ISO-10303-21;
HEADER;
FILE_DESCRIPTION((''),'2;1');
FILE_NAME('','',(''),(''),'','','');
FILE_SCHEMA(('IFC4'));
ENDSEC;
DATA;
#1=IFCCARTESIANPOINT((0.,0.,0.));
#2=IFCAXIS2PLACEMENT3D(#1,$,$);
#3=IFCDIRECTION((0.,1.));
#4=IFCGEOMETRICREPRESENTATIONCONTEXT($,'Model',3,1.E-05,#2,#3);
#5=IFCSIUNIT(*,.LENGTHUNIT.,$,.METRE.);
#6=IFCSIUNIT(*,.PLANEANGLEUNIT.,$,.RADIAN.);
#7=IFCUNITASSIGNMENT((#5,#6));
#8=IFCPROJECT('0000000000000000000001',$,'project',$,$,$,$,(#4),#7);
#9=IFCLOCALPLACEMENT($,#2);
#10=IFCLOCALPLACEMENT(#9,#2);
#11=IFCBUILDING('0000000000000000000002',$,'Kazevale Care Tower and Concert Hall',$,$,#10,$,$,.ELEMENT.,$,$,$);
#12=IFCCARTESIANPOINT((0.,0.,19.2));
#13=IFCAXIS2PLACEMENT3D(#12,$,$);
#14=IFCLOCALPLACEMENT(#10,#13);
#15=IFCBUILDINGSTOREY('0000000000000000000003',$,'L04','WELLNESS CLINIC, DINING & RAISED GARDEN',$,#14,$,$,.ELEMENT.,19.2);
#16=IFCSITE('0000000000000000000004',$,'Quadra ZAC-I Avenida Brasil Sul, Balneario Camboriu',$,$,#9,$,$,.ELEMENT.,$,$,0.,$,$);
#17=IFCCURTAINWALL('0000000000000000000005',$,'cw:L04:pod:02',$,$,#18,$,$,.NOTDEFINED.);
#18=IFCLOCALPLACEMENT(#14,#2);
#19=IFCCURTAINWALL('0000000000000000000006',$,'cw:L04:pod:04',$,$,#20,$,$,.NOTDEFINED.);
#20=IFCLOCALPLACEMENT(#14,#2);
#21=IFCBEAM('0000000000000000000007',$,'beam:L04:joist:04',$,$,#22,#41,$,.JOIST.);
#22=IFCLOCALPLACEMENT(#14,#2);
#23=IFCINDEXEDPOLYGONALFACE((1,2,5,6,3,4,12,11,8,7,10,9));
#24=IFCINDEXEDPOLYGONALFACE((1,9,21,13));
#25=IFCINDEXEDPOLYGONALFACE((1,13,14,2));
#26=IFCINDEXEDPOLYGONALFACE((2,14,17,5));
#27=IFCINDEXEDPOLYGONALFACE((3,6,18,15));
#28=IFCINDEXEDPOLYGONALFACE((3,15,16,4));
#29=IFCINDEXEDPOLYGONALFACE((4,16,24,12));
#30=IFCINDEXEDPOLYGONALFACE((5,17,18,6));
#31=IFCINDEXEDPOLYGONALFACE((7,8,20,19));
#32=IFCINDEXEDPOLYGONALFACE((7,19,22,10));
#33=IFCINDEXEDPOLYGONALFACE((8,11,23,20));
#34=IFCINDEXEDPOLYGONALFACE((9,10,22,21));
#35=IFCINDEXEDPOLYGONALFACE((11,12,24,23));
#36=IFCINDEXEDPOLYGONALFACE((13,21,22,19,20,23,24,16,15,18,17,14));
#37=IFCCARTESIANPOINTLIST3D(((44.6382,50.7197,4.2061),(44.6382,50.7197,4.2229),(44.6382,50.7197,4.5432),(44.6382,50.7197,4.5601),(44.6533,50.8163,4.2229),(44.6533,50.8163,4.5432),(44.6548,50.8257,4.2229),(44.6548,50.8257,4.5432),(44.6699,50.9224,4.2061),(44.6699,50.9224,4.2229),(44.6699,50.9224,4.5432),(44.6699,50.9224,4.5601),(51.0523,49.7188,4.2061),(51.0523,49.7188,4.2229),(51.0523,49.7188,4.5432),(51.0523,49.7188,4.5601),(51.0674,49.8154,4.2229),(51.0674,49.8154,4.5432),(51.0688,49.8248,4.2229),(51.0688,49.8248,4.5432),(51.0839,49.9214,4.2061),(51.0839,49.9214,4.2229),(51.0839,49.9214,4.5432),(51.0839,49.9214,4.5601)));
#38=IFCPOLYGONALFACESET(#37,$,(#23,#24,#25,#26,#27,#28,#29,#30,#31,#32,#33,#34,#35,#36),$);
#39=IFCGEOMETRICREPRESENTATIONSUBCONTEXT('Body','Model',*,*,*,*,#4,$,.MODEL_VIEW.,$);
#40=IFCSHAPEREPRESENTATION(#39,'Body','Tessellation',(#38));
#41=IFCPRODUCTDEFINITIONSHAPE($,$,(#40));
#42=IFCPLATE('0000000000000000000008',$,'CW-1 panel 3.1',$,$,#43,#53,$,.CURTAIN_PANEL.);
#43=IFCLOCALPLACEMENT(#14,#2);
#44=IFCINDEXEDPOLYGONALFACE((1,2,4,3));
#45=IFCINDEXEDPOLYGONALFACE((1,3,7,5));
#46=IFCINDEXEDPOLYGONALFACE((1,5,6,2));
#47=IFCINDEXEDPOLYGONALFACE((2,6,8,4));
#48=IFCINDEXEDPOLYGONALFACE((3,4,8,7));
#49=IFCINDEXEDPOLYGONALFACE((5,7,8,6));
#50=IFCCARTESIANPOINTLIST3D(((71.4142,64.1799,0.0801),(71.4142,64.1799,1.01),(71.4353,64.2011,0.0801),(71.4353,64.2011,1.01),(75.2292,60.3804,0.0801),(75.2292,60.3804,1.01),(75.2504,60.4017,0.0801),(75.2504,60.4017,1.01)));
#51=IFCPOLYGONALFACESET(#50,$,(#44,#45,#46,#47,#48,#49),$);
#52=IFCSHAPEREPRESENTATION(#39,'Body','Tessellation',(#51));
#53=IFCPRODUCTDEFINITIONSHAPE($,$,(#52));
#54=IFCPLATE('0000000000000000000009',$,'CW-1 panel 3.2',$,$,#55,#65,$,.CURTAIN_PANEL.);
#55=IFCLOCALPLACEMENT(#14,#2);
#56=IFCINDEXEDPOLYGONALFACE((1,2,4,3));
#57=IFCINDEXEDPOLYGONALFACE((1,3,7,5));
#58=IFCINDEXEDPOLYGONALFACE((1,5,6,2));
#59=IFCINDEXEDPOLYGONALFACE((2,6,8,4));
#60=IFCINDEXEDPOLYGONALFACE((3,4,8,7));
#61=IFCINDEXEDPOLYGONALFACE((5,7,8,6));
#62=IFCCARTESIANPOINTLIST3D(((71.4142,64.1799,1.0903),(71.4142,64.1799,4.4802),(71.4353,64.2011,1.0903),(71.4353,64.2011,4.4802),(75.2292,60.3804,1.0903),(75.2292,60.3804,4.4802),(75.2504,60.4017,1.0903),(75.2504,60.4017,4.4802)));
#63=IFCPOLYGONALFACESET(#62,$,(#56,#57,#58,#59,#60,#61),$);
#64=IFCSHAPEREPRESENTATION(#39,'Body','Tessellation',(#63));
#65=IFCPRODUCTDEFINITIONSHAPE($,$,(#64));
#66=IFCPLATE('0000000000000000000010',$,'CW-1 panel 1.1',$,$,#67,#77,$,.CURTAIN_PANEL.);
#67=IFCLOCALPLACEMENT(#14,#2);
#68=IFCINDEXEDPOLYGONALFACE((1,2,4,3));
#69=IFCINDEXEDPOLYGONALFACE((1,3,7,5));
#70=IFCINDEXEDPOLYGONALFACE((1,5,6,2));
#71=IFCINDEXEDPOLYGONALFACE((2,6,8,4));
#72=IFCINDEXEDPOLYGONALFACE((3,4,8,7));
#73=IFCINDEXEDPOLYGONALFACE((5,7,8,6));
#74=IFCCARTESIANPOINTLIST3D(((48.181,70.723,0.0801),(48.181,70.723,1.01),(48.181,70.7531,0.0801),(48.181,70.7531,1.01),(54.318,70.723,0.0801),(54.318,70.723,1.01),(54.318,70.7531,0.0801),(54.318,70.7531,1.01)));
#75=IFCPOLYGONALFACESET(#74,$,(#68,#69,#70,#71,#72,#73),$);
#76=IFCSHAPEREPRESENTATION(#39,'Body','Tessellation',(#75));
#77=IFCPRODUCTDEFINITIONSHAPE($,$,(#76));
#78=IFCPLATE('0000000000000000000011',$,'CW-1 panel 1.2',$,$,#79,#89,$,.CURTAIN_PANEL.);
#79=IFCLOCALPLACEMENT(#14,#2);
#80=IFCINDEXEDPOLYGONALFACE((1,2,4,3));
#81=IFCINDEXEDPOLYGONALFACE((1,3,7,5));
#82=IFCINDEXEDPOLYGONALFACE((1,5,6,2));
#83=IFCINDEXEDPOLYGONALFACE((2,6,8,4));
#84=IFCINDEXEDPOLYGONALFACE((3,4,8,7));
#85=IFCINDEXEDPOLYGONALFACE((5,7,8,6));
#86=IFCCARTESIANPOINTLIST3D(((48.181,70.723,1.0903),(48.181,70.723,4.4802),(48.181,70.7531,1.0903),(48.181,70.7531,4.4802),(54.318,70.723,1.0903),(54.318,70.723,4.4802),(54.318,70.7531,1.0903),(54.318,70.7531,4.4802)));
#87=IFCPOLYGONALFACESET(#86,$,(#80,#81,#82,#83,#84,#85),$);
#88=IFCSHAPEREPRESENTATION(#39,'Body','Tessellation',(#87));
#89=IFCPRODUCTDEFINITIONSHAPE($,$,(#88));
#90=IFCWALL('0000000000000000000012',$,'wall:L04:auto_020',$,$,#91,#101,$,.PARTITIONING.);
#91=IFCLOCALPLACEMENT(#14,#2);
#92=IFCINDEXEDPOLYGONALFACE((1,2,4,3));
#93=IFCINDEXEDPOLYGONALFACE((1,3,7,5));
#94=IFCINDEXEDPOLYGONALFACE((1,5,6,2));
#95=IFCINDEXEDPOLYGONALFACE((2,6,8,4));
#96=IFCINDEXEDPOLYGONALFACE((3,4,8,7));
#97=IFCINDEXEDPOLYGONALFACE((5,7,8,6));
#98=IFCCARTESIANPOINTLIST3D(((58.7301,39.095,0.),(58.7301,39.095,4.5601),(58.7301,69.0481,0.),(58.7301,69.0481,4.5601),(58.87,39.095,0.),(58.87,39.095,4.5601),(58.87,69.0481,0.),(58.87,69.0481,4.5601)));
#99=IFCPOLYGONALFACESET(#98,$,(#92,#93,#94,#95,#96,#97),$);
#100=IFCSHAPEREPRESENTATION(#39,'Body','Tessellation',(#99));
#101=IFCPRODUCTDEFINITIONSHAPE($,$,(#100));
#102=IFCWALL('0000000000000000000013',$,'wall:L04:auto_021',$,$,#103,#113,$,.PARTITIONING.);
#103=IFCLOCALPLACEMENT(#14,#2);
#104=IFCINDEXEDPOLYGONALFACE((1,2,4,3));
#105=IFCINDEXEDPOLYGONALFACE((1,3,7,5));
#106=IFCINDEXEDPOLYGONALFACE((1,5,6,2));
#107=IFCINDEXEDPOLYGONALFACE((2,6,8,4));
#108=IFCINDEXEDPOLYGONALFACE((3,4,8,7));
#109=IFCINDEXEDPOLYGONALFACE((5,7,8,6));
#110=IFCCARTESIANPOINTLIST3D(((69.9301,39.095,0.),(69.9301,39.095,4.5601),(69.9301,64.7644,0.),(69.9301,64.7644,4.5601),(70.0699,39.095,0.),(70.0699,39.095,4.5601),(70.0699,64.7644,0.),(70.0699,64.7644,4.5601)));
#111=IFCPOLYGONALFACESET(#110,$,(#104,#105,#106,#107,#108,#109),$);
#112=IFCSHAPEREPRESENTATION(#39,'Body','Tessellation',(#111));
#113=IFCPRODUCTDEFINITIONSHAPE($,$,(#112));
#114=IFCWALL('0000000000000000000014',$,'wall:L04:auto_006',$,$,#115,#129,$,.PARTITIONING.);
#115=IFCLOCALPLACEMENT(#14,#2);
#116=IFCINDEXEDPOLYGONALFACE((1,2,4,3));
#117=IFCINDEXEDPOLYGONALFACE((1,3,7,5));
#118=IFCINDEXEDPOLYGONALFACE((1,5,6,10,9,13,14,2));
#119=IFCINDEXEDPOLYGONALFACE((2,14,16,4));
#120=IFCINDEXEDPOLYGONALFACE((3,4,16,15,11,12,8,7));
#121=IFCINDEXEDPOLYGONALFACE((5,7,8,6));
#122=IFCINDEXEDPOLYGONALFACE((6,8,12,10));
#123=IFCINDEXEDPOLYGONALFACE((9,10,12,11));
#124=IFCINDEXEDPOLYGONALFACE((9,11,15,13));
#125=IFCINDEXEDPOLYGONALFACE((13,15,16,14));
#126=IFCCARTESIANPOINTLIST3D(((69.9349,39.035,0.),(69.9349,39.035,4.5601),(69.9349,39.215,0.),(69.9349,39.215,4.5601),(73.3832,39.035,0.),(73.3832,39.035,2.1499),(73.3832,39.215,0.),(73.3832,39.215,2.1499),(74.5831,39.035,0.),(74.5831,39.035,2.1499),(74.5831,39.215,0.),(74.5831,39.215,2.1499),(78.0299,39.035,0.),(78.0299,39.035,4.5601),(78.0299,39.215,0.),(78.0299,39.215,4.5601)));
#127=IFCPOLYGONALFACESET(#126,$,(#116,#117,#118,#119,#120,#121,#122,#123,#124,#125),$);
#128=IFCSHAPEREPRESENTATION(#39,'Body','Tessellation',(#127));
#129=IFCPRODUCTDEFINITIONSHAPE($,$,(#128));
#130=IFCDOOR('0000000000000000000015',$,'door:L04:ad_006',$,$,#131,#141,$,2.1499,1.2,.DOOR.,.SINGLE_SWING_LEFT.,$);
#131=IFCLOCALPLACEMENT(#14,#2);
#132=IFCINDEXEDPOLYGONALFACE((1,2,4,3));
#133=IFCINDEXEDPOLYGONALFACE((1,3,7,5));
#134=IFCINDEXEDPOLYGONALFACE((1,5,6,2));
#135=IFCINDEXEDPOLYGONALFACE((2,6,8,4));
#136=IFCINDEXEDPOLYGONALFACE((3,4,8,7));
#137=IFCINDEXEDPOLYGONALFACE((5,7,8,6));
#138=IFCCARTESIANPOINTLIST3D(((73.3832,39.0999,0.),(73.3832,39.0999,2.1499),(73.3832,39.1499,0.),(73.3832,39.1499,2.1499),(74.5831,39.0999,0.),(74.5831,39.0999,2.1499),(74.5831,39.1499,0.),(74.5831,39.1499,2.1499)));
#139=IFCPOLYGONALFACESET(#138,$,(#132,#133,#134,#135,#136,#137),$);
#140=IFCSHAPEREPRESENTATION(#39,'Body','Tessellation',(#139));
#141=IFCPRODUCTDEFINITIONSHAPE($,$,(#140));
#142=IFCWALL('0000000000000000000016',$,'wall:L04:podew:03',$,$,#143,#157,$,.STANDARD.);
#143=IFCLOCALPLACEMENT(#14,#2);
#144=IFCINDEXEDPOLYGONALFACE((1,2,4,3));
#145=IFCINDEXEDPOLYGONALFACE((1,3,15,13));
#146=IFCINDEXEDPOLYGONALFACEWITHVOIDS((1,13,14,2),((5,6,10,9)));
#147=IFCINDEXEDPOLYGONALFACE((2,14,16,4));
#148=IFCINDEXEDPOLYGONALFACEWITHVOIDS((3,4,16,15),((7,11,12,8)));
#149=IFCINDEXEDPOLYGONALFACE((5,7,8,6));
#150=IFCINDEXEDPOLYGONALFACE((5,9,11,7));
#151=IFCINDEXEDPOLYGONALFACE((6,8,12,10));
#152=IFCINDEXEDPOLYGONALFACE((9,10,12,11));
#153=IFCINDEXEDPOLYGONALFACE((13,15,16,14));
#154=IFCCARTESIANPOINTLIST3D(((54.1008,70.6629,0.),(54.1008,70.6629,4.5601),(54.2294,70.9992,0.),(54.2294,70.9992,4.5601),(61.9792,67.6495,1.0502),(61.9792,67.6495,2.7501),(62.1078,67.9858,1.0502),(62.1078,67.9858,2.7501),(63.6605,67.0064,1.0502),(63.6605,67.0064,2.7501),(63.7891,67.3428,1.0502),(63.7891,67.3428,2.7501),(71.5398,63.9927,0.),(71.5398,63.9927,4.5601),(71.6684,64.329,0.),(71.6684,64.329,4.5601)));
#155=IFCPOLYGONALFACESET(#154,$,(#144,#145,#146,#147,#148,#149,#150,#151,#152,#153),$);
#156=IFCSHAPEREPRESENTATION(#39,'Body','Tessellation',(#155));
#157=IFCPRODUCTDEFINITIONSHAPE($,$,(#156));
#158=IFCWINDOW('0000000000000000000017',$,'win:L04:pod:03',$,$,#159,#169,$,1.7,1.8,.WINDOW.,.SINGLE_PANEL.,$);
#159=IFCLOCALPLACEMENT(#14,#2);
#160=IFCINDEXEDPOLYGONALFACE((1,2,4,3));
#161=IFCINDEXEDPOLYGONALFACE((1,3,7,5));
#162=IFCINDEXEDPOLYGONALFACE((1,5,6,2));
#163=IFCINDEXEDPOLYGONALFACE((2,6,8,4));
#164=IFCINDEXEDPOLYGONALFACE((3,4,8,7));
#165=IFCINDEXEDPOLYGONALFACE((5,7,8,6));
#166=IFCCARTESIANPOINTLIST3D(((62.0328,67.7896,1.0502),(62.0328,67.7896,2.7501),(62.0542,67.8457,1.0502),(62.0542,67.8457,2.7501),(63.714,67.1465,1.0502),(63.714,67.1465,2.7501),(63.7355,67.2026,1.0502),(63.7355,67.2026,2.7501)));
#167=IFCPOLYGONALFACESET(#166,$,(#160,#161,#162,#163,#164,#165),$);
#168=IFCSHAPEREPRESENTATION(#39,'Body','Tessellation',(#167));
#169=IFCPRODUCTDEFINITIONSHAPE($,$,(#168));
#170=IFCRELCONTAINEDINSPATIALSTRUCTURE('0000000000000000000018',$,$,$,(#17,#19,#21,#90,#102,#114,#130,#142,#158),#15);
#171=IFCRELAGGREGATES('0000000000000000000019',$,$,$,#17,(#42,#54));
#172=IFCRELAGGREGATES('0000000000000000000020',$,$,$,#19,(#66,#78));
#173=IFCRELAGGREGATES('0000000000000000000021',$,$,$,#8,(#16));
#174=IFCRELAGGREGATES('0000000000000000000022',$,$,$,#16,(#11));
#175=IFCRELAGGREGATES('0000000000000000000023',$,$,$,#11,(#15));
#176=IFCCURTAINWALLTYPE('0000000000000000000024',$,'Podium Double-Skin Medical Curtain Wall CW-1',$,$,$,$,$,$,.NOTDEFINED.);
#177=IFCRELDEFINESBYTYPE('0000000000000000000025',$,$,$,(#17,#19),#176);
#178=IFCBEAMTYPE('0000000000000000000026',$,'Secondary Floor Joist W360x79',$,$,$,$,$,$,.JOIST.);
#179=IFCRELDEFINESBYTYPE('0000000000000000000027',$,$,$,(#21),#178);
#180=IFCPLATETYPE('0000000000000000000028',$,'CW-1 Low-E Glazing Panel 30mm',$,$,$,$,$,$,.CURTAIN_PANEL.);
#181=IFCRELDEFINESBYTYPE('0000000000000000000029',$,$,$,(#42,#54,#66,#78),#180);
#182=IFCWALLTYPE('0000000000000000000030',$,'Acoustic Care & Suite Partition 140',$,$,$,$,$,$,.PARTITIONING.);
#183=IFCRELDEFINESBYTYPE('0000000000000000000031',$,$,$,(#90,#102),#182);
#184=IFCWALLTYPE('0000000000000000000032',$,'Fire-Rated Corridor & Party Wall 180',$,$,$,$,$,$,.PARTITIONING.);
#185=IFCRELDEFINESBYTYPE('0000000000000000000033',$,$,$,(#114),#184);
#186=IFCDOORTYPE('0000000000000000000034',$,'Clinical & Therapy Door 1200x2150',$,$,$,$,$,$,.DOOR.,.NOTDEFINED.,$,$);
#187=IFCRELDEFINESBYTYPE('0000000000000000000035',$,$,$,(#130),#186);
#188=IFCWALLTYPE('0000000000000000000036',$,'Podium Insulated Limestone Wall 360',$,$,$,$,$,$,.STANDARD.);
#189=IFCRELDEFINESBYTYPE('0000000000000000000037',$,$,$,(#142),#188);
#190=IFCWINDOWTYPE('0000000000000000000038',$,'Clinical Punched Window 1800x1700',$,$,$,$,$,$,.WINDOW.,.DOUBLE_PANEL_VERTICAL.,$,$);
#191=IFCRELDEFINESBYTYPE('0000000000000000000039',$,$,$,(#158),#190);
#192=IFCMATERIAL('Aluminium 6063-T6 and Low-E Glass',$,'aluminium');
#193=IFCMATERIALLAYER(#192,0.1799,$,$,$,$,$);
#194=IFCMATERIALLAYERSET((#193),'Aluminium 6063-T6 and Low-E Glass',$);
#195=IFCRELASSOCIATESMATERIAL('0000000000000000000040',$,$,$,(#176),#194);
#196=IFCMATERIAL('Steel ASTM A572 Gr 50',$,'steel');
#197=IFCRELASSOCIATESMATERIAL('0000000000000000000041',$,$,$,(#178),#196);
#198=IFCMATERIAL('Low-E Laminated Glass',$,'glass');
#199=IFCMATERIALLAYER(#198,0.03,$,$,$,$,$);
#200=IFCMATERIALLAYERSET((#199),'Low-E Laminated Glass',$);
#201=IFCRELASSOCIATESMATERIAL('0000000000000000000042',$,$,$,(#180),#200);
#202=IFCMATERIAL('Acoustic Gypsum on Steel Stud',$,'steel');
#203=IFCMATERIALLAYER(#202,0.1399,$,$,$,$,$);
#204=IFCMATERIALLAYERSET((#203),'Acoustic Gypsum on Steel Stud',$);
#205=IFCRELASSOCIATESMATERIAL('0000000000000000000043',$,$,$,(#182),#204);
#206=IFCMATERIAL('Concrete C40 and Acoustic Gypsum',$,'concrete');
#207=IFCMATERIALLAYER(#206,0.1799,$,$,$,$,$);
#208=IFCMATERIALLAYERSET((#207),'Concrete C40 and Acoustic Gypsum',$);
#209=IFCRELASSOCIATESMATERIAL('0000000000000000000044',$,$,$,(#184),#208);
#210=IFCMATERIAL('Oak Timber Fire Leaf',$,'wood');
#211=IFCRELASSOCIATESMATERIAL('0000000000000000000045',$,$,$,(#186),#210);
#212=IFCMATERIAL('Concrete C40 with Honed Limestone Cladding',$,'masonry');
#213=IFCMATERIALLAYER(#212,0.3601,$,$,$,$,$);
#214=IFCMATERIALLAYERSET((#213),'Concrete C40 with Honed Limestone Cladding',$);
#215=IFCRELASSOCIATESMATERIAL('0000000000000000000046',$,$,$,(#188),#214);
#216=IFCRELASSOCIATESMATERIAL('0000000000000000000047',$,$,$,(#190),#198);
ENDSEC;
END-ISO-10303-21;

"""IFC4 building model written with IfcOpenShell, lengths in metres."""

from ifc_helpers import new_model, si_unit, direction, frame, frame_2d, origin, origin_2d, place, context, subcontext, project, spatial, rectangle, i_section, extrude, material, layer, layer_set, material_profile, profile_set, type_object, element, fill, aggregate, save


model = new_model("IFC4")

# Units and contexts
model_context = context("Model", 3, precision=1e-05, world=origin(), true_north=direction((0.0, 1.0)))
body_context = subcontext(model_context, "Body", "Model", "MODEL_VIEW")
ifc_project = project(units=[si_unit("LENGTHUNIT", "METRE"), si_unit("PLANEANGLEUNIT", "RADIAN")], contexts=[model_context])

# Site, building, storey
site_placement = place(None, origin())
site = spatial("IfcSite", under=ifc_project, at=site_placement, Name="Quadra ZAC-I Avenida Brasil Sul, Balneario Camboriu", CompositionType="ELEMENT", RefElevation=0.0)
building_placement = place(site_placement, origin())
building = spatial("IfcBuilding", under=site, at=building_placement, Name="Kazevale Care Tower and Concert Hall", CompositionType="ELEMENT")
storey_placement = place(building_placement, frame((0.0, 0.0, 19.2)))
storey = spatial("IfcBuildingStorey", under=building, at=storey_placement, Name="L04", Description="WELLNESS CLINIC, DINING & RAISED GARDEN", CompositionType="ELEMENT", Elevation=19.2)

# Curtain wall
ifc_material_1 = material(Name="Aluminium 6063-T6 and Low-E Glass", Category="aluminium")
ifc_layer_1 = layer(ifc_material_1, 0.1799)
ifc_layer_set_1 = layer_set([ifc_layer_1], Name="Aluminium 6063-T6 and Low-E Glass")
curtain_wall_type = type_object("IfcCurtainWallType", Name="Podium Double-Skin Medical Curtain Wall CW-1", PredefinedType="NOTDEFINED", material=ifc_layer_set_1)
curtain_wall_1_placement = place(storey_placement, origin())
curtain_wall_1 = element("IfcCurtainWall", 1, at=curtain_wall_1_placement, inside=storey, type_object=curtain_wall_type, Name="cw:L04:pod:02", PredefinedType="NOTDEFINED")

# Curtain wall
curtain_wall_2_placement = place(storey_placement, origin())
curtain_wall_2 = element("IfcCurtainWall", 2, at=curtain_wall_2_placement, inside=storey, type_object=curtain_wall_type, Name="cw:L04:pod:04", PredefinedType="NOTDEFINED")

# Beam
ifc_material_2 = material(Name="Steel ASTM A572 Gr 50", Category="steel")
ifc_material_profile_1 = material_profile(ifc_material_2, i_section(OverallWidth=0.2051, OverallDepth=0.354, WebThickness=0.0095, FlangeThickness=0.0168, at=origin_2d()), Name="W360x79")
ifc_profile_set_1 = profile_set([ifc_material_profile_1], Name="Steel ASTM A572 Gr 50")
beam_type_1 = type_object("IfcBeamType", Name="Secondary Floor Joist W360x79", PredefinedType="JOIST", material=ifc_profile_set_1)
beam_1_placement = place(storey_placement, frame((51.0681, 49.8201, 4.3831), z_axis=(-0.988041, 0.154193, 0.0), x_axis=(-0.154193, -0.988041, 0.0)))
element("IfcBeam", 3, at=beam_1_placement, inside=storey, type_object=beam_type_1, Name="beam:L04:joist:04", PredefinedType="JOIST", context=body_context, shape_type="SweptSolid", body=[
    extrude(i_section(OverallWidth=0.2051, OverallDepth=0.354, WebThickness=0.0095, FlangeThickness=0.0168, at=origin_2d()), origin(), (0.0, 0.0, 1.0), 6.4917),
])

# Plates
ifc_material_3 = material(Name="Low-E Laminated Glass", Category="glass")
ifc_layer_2 = layer(ifc_material_3, 0.03)
ifc_layer_set_2 = layer_set([ifc_layer_2], Name="Low-E Laminated Glass")
plate_type = type_object("IfcPlateType", Name="CW-1 Low-E Glazing Panel 30mm", PredefinedType="CURTAIN_PANEL", material=ifc_layer_set_2)
plate_1_placement = place(storey_placement, frame((73.3323, 62.2908, 0.0801), z_axis=(0.0, 0.0, 1.0), x_axis=(-0.708555, 0.705656, 0.0)))
plate_1 = element("IfcPlate", 4, at=plate_1_placement, type_object=plate_type, Name="CW-1 panel 3.1", PredefinedType="CURTAIN_PANEL", context=body_context, shape_type="SweptSolid", body=[
    extrude(rectangle(XDim=5.3843, YDim=0.03, at=origin_2d()), origin(), (0.0, 0.0, 1.0), 0.9299),
])
plate_2_placement = place(storey_placement, frame((73.3323, 62.2908, 1.0903), z_axis=(0.0, 0.0, 1.0), x_axis=(-0.708555, 0.705656, 0.0)))
plate_2 = element("IfcPlate", 5, at=plate_2_placement, type_object=plate_type, Name="CW-1 panel 3.2", PredefinedType="CURTAIN_PANEL", context=body_context, shape_type="SweptSolid", body=[
    extrude(rectangle(XDim=5.3843, YDim=0.03, at=origin_2d()), origin(), (0.0, 0.0, 1.0), 3.3899),
])
aggregate(curtain_wall_1, [plate_1, plate_2])
plate_3_placement = place(storey_placement, frame((51.2495, 70.738, 0.0801), z_axis=(0.0, 0.0, 1.0), x_axis=(-1.0, 0.0, 0.0)))
plate_3 = element("IfcPlate", 6, at=plate_3_placement, type_object=plate_type, Name="CW-1 panel 1.1", PredefinedType="CURTAIN_PANEL", context=body_context, shape_type="SweptSolid", body=[
    extrude(rectangle(XDim=6.137, YDim=0.03, at=origin_2d()), origin(), (0.0, 0.0, 1.0), 0.9299),
])
plate_4_placement = place(storey_placement, frame((51.2495, 70.738, 1.0903), z_axis=(0.0, 0.0, 1.0), x_axis=(-1.0, 0.0, 0.0)))
plate_4 = element("IfcPlate", 7, at=plate_4_placement, type_object=plate_type, Name="CW-1 panel 1.2", PredefinedType="CURTAIN_PANEL", context=body_context, shape_type="SweptSolid", body=[
    extrude(rectangle(XDim=6.137, YDim=0.03, at=origin_2d()), origin(), (0.0, 0.0, 1.0), 3.3899),
])
aggregate(curtain_wall_2, [plate_3, plate_4])

# Walls
ifc_material_4 = material(Name="Acoustic Gypsum on Steel Stud", Category="steel")
ifc_layer_3 = layer(ifc_material_4, 0.1399)
ifc_layer_set_3 = layer_set([ifc_layer_3], Name="Acoustic Gypsum on Steel Stud")
wall_type_1 = type_object("IfcWallType", Name="Acoustic Care & Suite Partition 140", PredefinedType="PARTITIONING", material=ifc_layer_set_3)
wall_1_placement = place(storey_placement, frame((58.8, 69.0481, 0.0), z_axis=(0.0, 0.0, 1.0), x_axis=(0.0, -1.0, 0.0)))
element("IfcWall", 8, at=wall_1_placement, inside=storey, type_object=wall_type_1, Name="wall:L04:auto_020", PredefinedType="PARTITIONING", context=body_context, shape_type="SweptSolid", body=[
    extrude(rectangle(XDim=29.9531, YDim=0.1399, at=frame_2d((14.9766, 0.0))), origin(), (0.0, 0.0, 1.0), 4.5601),
])
wall_2_placement = place(storey_placement, frame((70.0, 64.7644, 0.0), z_axis=(0.0, 0.0, 1.0), x_axis=(0.0, -1.0, 0.0)))
element("IfcWall", 9, at=wall_2_placement, inside=storey, type_object=wall_type_1, Name="wall:L04:auto_021", PredefinedType="PARTITIONING", context=body_context, shape_type="SweptSolid", body=[
    extrude(rectangle(XDim=25.6694, YDim=0.1399, at=frame_2d((12.8347, 0.0))), origin(), (0.0, 0.0, 1.0), 4.5601),
])

# Wall, opening, door
ifc_material_5 = material(Name="Concrete C40 and Acoustic Gypsum", Category="concrete")
ifc_layer_4 = layer(ifc_material_5, 0.1799)
ifc_layer_set_4 = layer_set([ifc_layer_4], Name="Concrete C40 and Acoustic Gypsum")
wall_type_2 = type_object("IfcWallType", Name="Fire-Rated Corridor & Party Wall 180", PredefinedType="PARTITIONING", material=ifc_layer_set_4)
wall_3_placement = place(storey_placement, frame((69.9351, 39.125, 0.0), z_axis=(0.0, 0.0, 1.0), x_axis=(1.0, 0.0, 0.0)))
wall_3 = element("IfcWall", 10, at=wall_3_placement, inside=storey, type_object=wall_type_2, Name="wall:L04:auto_006", PredefinedType="PARTITIONING", context=body_context, shape_type="SweptSolid", body=[
    extrude(rectangle(XDim=8.095, YDim=0.1799, at=frame_2d((4.0474, 0.0))), origin(), (0.0, 0.0, 1.0), 4.5601),
])
opening_1_placement = place(wall_3_placement, frame((3.448, 0.0, 0.0)))
opening_1 = element("IfcOpeningElement", 11, at=opening_1_placement, cuts=wall_3, PredefinedType="OPENING", context=body_context, shape_type="SweptSolid", body=[
    extrude(rectangle(XDim=1.2, YDim=2.1499, at=frame_2d((0.6001, 1.075))), frame((0.0, 0.0999, 0.0), z_axis=(0.0, -1.0, 0.0), x_axis=(1.0, 0.0, 0.0)), (0.0, 0.0, 1.0), 0.2),
])
ifc_material_6 = material(Name="Oak Timber Fire Leaf", Category="wood")
door_type = type_object("IfcDoorType", Name="Clinical & Therapy Door 1200x2150", OperationType="NOTDEFINED", PredefinedType="DOOR", material=ifc_material_6)
door_placement = place(opening_1_placement, origin())
door = element("IfcDoor", 12, at=door_placement, inside=storey, type_object=door_type, Name="door:L04:ad_006", OperationType="SINGLE_SWING_LEFT", OverallHeight=2.1499, OverallWidth=1.2, PredefinedType="DOOR", context=body_context, shape_type="SweptSolid", body=[
    extrude(rectangle(XDim=1.2, YDim=2.1499, at=frame_2d((0.6001, 1.075))), frame((0.0, 0.0249, 0.0), z_axis=(0.0, -1.0, 0.0), x_axis=(1.0, 0.0, 0.0)), (0.0, 0.0, 1.0), 0.05),
])
fill(opening_1, door)

# Wall, opening, window
ifc_material_7 = material(Name="Concrete C40 with Honed Limestone Cladding", Category="masonry")
ifc_layer_5 = layer(ifc_material_7, 0.3601)
ifc_layer_set_5 = layer_set([ifc_layer_5], Name="Concrete C40 with Honed Limestone Cladding")
wall_type_3 = type_object("IfcWallType", Name="Podium Insulated Limestone Wall 360", PredefinedType="STANDARD", material=ifc_layer_set_5)
wall_4_placement = place(storey_placement, frame((71.604, 64.1609, 0.0), z_axis=(0.0, 0.0, 1.0), x_axis=(-0.93401, 0.357246, 0.0)))
wall_4 = element("IfcWall", 13, at=wall_4_placement, inside=storey, type_object=wall_type_3, Name="wall:L04:podew:03", PredefinedType="STANDARD", context=body_context, shape_type="SweptSolid", body=[
    extrude(rectangle(XDim=18.6711, YDim=0.3601, at=frame_2d((9.3354, 0.0))), origin(), (0.0, 0.0, 1.0), 4.5601),
])
opening_2_placement = place(wall_4_placement, frame((8.436, 0.0, 1.05)))
opening_2 = element("IfcOpeningElement", 14, at=opening_2_placement, cuts=wall_4, PredefinedType="OPENING", context=body_context, shape_type="SweptSolid", body=[
    extrude(rectangle(XDim=1.8, YDim=1.7, at=frame_2d((0.8999, 0.8501))), frame((0.0, 0.1899, 0.0), z_axis=(0.0, -1.0, 0.0), x_axis=(1.0, 0.0, 0.0)), (0.0, 0.0, 1.0), 0.3801),
])
window_type = type_object("IfcWindowType", Name="Clinical Punched Window 1800x1700", PartitioningType="DOUBLE_PANEL_VERTICAL", PredefinedType="WINDOW", material=ifc_material_3)
window_placement = place(opening_2_placement, origin())
window = element("IfcWindow", 15, at=window_placement, inside=storey, type_object=window_type, Name="win:L04:pod:03", OverallHeight=1.7, OverallWidth=1.8, PartitioningType="SINGLE_PANEL", PredefinedType="WINDOW", context=body_context, shape_type="SweptSolid", body=[
    extrude(rectangle(XDim=1.8, YDim=1.7, at=frame_2d((0.8999, 0.8501))), frame((0.0, 0.03, 0.0), z_axis=(0.0, -1.0, 0.0), x_axis=(1.0, 0.0, 0.0)), (0.0, 0.0, 1.0), 0.0601),
])
fill(opening_2, window)

save(model, "model.ifc")
